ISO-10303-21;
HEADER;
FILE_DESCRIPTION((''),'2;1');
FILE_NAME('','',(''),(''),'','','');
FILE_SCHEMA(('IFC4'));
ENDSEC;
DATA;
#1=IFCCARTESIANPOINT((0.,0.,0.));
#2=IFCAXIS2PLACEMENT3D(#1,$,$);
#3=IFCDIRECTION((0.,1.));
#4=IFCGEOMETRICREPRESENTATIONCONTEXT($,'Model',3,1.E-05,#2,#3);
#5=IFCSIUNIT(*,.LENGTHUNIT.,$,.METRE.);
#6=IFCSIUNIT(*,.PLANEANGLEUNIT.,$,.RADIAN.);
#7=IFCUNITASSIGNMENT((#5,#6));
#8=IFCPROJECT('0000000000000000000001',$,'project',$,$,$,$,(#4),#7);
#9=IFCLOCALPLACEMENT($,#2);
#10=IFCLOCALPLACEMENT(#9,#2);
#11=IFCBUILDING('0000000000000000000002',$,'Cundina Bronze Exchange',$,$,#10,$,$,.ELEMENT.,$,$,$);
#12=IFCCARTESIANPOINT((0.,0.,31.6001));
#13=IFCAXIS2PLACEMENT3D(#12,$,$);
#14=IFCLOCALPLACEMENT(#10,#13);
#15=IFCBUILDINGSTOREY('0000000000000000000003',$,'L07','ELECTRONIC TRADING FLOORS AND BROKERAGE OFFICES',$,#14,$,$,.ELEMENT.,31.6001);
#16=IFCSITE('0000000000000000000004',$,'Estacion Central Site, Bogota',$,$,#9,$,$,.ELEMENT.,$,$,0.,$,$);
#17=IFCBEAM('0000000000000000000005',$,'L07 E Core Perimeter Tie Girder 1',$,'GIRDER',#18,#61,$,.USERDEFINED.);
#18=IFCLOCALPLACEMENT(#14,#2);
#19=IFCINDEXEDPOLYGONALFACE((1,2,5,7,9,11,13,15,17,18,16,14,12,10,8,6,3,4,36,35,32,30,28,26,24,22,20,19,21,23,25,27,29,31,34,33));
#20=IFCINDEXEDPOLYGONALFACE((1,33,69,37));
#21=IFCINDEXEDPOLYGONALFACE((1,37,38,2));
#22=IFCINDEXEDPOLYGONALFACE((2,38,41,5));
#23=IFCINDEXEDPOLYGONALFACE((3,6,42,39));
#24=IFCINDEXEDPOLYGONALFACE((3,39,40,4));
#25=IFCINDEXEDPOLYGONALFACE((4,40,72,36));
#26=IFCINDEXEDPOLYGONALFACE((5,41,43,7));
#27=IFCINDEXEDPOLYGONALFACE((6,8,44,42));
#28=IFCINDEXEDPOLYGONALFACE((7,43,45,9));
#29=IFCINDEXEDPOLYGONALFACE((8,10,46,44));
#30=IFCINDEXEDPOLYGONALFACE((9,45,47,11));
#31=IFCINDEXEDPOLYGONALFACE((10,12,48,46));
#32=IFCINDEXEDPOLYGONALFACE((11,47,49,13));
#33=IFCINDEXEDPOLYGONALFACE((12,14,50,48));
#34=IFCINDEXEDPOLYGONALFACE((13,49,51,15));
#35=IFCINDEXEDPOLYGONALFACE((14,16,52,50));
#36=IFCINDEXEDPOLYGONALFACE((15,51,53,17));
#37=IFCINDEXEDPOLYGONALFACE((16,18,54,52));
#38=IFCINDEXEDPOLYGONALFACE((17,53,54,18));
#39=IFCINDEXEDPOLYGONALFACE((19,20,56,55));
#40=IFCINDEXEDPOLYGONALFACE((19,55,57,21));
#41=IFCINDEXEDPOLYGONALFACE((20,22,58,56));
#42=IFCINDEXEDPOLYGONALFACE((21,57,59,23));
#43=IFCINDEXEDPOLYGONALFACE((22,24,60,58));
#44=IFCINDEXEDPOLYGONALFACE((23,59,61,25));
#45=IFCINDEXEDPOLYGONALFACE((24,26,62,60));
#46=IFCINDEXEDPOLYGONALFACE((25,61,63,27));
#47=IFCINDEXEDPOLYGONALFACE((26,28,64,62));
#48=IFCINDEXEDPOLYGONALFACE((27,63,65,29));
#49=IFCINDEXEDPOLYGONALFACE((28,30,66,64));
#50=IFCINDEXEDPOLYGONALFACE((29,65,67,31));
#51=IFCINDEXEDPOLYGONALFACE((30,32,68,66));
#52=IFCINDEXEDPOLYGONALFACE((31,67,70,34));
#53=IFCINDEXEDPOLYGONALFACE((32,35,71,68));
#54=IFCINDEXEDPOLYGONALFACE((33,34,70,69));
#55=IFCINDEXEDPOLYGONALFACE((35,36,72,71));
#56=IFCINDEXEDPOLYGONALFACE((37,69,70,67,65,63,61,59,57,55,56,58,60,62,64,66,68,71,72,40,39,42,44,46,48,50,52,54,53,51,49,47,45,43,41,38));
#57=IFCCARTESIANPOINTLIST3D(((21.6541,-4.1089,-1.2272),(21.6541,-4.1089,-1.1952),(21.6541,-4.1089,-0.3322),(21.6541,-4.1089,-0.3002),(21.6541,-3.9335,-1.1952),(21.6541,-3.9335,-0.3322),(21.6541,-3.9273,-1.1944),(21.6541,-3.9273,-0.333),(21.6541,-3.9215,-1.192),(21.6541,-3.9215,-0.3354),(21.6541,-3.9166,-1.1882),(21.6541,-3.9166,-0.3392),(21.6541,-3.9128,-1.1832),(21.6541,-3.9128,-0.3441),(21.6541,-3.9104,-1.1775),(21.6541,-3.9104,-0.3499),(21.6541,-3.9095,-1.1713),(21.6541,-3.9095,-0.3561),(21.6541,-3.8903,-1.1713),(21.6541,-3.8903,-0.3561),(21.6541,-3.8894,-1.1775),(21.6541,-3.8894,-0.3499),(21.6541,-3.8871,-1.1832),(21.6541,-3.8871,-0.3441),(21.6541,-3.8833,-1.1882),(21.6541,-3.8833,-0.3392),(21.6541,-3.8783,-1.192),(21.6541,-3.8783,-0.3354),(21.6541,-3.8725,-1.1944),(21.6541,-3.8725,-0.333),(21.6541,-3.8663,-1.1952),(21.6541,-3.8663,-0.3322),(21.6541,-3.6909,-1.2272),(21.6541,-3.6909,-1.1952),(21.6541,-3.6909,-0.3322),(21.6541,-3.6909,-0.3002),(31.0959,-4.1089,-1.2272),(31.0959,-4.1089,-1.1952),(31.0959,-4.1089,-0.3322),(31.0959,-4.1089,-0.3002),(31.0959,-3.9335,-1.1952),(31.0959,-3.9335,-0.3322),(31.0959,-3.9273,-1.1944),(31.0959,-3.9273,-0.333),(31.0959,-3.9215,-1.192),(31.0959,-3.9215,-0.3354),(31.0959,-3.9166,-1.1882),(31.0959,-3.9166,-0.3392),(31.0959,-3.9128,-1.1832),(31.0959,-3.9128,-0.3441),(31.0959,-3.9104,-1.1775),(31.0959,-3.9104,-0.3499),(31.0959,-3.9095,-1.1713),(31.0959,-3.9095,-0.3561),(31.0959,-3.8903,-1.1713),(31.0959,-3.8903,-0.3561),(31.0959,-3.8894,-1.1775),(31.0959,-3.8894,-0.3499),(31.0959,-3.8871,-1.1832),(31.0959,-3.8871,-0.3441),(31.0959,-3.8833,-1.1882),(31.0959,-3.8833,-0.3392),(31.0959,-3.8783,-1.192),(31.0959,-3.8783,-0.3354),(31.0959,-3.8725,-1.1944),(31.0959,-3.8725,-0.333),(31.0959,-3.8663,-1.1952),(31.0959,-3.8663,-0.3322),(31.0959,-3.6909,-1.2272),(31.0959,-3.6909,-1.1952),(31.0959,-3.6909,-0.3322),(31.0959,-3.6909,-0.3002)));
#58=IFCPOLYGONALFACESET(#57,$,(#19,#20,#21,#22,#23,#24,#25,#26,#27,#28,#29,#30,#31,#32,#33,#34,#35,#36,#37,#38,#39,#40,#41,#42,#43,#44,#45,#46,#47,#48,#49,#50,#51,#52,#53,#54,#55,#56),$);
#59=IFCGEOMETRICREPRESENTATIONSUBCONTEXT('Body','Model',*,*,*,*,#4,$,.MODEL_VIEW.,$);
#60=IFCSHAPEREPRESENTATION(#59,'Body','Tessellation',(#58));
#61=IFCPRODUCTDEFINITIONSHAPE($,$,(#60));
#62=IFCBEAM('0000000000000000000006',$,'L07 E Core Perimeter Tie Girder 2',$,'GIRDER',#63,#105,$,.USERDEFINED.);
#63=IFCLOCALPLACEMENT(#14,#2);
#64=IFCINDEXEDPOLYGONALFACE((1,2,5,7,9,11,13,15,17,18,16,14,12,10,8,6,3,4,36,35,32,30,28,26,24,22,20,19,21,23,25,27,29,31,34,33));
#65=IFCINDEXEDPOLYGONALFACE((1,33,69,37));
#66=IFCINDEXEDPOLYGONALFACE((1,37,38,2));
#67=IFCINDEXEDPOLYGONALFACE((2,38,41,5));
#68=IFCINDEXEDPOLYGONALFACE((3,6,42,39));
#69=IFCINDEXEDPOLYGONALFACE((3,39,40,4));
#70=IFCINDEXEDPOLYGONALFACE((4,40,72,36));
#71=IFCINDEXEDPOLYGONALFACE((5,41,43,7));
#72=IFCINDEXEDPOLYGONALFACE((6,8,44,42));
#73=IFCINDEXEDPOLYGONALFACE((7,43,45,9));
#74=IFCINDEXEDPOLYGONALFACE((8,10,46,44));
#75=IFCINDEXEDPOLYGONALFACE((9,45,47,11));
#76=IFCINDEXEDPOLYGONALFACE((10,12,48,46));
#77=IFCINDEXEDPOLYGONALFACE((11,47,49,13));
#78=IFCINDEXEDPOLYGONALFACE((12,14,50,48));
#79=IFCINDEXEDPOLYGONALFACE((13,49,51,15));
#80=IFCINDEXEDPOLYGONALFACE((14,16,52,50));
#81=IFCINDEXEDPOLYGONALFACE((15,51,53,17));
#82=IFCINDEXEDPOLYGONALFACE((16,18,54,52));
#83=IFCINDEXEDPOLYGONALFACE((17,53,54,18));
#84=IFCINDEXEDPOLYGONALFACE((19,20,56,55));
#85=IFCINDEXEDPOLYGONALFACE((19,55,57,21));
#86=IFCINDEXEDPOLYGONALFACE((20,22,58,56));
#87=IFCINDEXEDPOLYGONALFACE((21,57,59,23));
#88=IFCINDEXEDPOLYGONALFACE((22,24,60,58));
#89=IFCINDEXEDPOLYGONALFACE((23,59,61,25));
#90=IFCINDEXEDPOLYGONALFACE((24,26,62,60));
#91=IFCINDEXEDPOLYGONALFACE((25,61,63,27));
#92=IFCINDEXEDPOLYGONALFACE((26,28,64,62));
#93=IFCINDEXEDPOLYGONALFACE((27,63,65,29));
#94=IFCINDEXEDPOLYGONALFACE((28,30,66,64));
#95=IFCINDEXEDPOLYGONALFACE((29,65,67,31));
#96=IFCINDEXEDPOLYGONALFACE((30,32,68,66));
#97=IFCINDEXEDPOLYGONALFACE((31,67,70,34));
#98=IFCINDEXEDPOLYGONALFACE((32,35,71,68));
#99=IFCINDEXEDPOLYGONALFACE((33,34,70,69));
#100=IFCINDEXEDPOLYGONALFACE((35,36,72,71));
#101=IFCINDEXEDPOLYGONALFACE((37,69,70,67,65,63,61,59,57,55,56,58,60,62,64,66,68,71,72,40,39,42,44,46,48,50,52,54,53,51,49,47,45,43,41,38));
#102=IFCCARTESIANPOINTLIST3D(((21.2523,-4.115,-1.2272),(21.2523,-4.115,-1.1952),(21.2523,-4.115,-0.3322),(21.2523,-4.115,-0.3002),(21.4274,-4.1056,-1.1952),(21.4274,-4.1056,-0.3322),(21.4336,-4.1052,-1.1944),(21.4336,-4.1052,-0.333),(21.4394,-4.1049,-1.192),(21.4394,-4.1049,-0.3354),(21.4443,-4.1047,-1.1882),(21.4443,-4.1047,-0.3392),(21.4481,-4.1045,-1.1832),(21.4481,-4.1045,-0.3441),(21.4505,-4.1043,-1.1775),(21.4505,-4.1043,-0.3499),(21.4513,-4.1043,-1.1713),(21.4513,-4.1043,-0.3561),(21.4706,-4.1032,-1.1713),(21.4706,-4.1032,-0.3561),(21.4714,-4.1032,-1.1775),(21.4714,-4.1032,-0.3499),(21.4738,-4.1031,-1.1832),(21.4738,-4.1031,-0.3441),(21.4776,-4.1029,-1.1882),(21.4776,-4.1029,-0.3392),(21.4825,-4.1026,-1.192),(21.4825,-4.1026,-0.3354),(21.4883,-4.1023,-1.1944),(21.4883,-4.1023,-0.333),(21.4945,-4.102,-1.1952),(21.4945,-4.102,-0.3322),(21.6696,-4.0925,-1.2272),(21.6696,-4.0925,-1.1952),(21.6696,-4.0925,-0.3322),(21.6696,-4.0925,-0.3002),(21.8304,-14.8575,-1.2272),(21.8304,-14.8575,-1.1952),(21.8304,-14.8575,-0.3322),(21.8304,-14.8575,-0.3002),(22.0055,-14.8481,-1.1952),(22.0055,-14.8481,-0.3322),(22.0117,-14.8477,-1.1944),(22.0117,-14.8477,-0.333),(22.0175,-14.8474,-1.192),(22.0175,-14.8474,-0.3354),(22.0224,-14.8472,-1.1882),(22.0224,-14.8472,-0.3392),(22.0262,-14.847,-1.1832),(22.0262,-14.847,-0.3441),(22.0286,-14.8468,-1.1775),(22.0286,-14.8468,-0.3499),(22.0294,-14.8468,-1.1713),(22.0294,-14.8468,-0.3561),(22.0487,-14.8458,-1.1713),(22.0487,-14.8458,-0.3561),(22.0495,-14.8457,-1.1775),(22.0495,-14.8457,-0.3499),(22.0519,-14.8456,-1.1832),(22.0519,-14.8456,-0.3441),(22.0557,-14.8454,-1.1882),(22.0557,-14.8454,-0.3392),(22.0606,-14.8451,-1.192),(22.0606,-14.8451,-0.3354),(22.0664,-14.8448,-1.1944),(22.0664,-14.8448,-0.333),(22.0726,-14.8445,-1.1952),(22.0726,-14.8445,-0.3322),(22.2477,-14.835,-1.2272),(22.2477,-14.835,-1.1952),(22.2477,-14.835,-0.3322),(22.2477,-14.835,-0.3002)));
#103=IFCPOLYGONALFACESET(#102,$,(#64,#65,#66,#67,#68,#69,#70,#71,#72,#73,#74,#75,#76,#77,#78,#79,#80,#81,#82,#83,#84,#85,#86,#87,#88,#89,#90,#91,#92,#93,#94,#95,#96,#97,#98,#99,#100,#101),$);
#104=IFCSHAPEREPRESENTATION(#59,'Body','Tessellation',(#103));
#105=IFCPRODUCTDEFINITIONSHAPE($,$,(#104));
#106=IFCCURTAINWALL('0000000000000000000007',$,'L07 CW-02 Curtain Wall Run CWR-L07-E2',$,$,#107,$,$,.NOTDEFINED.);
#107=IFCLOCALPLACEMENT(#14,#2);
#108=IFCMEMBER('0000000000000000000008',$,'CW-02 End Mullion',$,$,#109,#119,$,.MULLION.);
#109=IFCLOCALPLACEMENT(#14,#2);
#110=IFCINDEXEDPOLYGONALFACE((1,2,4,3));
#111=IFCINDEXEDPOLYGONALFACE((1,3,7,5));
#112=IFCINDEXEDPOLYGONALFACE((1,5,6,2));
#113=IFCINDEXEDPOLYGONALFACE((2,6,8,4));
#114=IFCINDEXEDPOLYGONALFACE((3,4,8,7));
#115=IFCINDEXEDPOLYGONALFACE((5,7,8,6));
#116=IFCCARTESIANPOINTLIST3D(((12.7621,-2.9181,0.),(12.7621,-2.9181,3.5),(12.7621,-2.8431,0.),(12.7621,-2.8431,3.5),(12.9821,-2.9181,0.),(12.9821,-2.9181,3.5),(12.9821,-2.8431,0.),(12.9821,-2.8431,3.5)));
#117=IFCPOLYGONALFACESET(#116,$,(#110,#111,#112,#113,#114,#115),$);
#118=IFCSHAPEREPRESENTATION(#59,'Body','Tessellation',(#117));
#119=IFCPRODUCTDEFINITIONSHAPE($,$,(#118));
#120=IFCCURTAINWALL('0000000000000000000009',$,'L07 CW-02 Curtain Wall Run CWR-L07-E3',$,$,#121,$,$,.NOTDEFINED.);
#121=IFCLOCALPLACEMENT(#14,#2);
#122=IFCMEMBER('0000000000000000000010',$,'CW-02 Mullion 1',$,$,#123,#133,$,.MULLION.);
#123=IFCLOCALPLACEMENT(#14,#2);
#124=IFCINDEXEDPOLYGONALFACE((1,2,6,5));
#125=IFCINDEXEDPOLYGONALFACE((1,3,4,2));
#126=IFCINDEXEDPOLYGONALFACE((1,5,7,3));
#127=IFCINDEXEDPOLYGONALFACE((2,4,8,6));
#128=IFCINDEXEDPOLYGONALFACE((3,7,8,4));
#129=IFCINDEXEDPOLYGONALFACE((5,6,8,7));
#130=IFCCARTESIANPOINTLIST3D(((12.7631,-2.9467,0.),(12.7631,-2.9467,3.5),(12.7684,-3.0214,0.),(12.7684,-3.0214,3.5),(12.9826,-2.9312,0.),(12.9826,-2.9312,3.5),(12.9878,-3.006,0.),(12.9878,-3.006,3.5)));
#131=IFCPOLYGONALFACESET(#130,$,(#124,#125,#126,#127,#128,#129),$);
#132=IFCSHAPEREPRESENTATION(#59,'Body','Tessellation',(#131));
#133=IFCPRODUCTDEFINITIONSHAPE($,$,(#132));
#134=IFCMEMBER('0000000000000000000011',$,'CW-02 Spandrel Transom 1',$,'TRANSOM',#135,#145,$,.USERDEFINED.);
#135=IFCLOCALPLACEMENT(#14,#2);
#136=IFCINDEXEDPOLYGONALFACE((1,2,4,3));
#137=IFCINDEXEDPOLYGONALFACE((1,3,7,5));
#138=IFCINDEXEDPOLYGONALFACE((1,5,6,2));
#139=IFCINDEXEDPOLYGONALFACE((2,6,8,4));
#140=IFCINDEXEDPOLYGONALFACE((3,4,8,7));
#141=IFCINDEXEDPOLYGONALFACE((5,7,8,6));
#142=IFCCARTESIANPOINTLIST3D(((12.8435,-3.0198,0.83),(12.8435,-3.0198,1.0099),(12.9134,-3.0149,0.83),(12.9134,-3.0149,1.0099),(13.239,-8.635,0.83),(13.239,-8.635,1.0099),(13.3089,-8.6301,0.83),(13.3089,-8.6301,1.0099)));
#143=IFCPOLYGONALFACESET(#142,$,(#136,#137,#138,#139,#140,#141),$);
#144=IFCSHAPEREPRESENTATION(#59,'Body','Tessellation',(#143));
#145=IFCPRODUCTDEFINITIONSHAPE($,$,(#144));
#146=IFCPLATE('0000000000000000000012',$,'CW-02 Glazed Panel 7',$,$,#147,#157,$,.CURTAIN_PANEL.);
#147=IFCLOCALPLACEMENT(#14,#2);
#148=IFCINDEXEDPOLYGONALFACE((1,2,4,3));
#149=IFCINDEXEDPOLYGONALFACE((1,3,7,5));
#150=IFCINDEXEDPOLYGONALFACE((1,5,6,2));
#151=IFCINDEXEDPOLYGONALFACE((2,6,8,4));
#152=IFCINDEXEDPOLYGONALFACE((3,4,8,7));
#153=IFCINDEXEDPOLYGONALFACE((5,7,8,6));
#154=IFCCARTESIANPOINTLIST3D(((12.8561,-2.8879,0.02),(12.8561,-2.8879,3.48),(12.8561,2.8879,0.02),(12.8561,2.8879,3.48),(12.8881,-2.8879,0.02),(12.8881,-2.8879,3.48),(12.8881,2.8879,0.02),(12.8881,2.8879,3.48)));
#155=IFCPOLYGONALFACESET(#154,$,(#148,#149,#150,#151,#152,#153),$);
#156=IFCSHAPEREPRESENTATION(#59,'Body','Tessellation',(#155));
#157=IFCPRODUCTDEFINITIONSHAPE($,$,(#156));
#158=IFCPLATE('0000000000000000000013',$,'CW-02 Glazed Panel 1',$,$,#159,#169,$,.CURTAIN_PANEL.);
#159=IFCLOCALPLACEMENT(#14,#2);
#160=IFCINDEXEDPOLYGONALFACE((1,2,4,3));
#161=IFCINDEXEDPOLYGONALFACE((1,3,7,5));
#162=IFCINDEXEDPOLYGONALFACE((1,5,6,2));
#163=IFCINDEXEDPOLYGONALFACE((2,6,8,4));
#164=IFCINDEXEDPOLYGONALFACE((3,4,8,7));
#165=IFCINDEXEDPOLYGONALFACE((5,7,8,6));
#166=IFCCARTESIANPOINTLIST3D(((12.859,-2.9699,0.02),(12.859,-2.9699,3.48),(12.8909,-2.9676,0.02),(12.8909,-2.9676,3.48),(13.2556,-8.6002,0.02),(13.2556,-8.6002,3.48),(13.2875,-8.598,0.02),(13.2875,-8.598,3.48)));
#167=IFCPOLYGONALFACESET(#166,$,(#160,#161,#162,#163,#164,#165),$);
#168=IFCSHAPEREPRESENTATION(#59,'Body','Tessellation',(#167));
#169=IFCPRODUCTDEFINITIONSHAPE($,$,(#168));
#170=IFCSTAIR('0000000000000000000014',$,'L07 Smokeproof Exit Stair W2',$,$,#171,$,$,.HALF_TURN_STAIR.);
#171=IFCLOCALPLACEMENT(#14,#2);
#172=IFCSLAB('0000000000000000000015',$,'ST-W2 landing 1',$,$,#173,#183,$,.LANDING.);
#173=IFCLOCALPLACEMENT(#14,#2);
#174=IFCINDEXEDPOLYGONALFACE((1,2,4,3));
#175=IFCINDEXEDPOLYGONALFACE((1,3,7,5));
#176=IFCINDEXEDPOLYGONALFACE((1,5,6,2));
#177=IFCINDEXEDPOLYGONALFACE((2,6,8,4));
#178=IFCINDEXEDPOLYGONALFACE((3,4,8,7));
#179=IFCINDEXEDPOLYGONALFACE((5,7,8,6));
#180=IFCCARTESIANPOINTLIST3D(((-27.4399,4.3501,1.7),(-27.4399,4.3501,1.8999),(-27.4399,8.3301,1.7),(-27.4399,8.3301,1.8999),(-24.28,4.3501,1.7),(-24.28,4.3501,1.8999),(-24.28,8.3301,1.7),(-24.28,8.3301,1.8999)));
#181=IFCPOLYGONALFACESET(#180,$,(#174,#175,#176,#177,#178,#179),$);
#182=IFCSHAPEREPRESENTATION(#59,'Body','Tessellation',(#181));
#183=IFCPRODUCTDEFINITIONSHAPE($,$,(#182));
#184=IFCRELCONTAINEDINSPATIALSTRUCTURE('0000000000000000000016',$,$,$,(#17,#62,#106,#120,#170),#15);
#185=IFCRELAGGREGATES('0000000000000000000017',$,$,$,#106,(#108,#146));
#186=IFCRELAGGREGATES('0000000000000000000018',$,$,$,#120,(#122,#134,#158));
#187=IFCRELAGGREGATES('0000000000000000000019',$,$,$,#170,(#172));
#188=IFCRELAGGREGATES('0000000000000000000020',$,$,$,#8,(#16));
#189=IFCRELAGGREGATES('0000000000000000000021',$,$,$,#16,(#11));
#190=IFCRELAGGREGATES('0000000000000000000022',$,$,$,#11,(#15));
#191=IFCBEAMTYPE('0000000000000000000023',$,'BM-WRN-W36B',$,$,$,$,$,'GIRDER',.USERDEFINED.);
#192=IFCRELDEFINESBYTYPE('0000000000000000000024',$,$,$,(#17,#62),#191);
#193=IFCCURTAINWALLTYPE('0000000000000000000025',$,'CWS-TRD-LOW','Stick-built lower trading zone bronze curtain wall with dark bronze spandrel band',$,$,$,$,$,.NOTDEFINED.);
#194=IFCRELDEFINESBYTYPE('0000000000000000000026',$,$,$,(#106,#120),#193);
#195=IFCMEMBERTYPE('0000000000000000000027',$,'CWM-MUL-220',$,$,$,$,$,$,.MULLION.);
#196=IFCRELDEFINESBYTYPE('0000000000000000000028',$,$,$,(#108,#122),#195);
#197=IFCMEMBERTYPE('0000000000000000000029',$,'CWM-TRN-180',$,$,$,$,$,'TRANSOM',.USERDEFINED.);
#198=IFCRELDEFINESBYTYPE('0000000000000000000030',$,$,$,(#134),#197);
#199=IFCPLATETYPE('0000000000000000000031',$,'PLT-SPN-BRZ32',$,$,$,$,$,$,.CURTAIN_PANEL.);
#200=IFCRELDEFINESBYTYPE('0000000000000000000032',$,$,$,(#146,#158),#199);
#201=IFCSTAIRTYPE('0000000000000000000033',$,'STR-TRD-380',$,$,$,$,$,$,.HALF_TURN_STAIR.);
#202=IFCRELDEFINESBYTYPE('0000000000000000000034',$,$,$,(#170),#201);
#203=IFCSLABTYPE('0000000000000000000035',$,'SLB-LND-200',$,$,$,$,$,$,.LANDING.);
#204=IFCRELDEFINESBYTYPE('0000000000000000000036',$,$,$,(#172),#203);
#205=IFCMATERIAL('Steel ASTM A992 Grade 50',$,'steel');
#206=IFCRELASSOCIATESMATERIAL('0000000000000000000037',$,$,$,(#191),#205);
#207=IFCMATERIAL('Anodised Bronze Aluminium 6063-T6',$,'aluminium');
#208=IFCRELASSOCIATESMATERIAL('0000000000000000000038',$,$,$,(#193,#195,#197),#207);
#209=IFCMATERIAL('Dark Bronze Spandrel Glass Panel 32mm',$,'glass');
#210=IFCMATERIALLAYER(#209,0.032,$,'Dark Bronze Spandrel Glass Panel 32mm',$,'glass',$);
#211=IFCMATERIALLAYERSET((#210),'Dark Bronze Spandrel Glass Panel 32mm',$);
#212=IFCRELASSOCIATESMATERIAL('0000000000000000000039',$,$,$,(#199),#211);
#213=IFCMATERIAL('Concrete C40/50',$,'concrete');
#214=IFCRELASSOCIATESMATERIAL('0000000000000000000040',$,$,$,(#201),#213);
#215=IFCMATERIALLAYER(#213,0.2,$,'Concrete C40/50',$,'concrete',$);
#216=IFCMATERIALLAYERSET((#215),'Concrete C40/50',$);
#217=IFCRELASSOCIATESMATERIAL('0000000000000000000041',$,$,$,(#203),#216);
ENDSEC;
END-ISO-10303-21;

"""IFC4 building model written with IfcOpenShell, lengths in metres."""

from ifc_helpers import new_model, si_unit, direction, frame, origin, origin_2d, place, context, subcontext, project, spatial, polyline, rectangle, i_section, outline, extrude, material, layer, layer_set, material_profile, profile_set, type_object, element, aggregate, save


model = new_model("IFC4")

# Units and contexts
model_context = context("Model", 3, precision=1e-05, world=origin(), true_north=direction((0.0, 1.0)))
body_context = subcontext(model_context, "Body", "Model", "MODEL_VIEW")
ifc_project = project(units=[si_unit("LENGTHUNIT", "METRE"), si_unit("PLANEANGLEUNIT", "RADIAN")], contexts=[model_context])

# Site, building, storey
site_placement = place(None, origin())
site = spatial("IfcSite", under=ifc_project, at=site_placement, Name="Estacion Central Site, Bogota", CompositionType="ELEMENT", RefElevation=0.0)
building_placement = place(site_placement, origin())
building = spatial("IfcBuilding", under=site, at=building_placement, Name="Cundina Bronze Exchange", CompositionType="ELEMENT")
storey_placement = place(building_placement, frame((0.0, 0.0, 31.6001)))
storey = spatial("IfcBuildingStorey", under=building, at=storey_placement, Name="L07", Description="ELECTRONIC TRADING FLOORS AND BROKERAGE OFFICES", CompositionType="ELEMENT", Elevation=31.6001)

# Shared definitions
ifc_material_1 = material(Name="Steel ASTM A992 Grade 50", Category="steel")

# Beams
ifc_material_profile_1 = material_profile(ifc_material_1, i_section(OverallWidth=0.418, OverallDepth=0.927, WebThickness=0.0193, FlangeThickness=0.032, FilletRadius=0.0239, at=origin_2d()), Name="W36X231", Category="steel")
ifc_profile_set_1 = profile_set([ifc_material_profile_1], Name="Steel ASTM A992 Grade 50")
beam_type_1 = type_object("IfcBeamType", Name="BM-WRN-W36B", ElementType="GIRDER", PredefinedType="USERDEFINED", material=ifc_profile_set_1)
beam_1_placement = place(storey_placement, frame((31.0959, -3.8999, -0.7637), z_axis=(-1.0, 0.0, 0.0), x_axis=(0.0, -1.0, 0.0)))
element("IfcBeam", 1, at=beam_1_placement, inside=storey, type_object=beam_type_1, Name="L07 E Core Perimeter Tie Girder 1", ObjectType="GIRDER", PredefinedType="USERDEFINED", context=body_context, shape_type="SweptSolid", body=[
    extrude(i_section(OverallWidth=0.418, OverallDepth=0.927, WebThickness=0.0193, FlangeThickness=0.032, FilletRadius=0.0239, at=origin_2d()), origin(), (0.0, 0.0, 1.0), 9.4419),
])
beam_2_placement = place(storey_placement, frame((21.4609, -4.1038, -0.7637), z_axis=(0.053739, -0.998555, 0.0), x_axis=(0.998555, 0.053739, 0.0)))
element("IfcBeam", 2, at=beam_2_placement, inside=storey, type_object=beam_type_1, Name="L07 E Core Perimeter Tie Girder 2", ObjectType="GIRDER", PredefinedType="USERDEFINED", context=body_context, shape_type="SweptSolid", body=[
    extrude(i_section(OverallWidth=0.418, OverallDepth=0.927, WebThickness=0.0193, FlangeThickness=0.032, FilletRadius=0.0239, at=origin_2d()), origin(), (0.0, 0.0, 1.0), 10.7581),
])

# Curtain wall, member
ifc_material_2 = material(Name="Anodised Bronze Aluminium 6063-T6", Category="aluminium")
curtain_wall_type = type_object("IfcCurtainWallType", Name="CWS-TRD-LOW", Description="Stick-built lower trading zone bronze curtain wall with dark bronze spandrel band", PredefinedType="NOTDEFINED", material=ifc_material_2)
curtain_wall_1_placement = place(storey_placement, origin())
curtain_wall_1 = element("IfcCurtainWall", 3, at=curtain_wall_1_placement, inside=storey, type_object=curtain_wall_type, Name="L07 CW-02 Curtain Wall Run CWR-L07-E2", PredefinedType="NOTDEFINED")
ifc_material_profile_2 = material_profile(ifc_material_2, rectangle(XDim=0.075, YDim=0.22, at=origin_2d()), Name="AL75X220", Category="aluminium")
ifc_profile_set_2 = profile_set([ifc_material_profile_2], Name="Anodised Bronze Aluminium 6063-T6")
member_type_1 = type_object("IfcMemberType", Name="CWM-MUL-220", PredefinedType="MULLION", material=ifc_profile_set_2)
member_1_placement = place(storey_placement, frame((12.8721, -2.8806, 0.0), z_axis=(0.0, 0.0, 1.0), x_axis=(0.0, -1.0, 0.0)))
member_1 = element("IfcMember", 4, at=member_1_placement, type_object=member_type_1, Name="CW-02 End Mullion", PredefinedType="MULLION", context=body_context, shape_type="SweptSolid", body=[
    extrude(rectangle(XDim=0.075, YDim=0.22, at=origin_2d()), origin(), (0.0, 0.0, 1.0), 3.5),
])

# Curtain wall, members
curtain_wall_2_placement = place(storey_placement, origin())
curtain_wall_2 = element("IfcCurtainWall", 5, at=curtain_wall_2_placement, inside=storey, type_object=curtain_wall_type, Name="L07 CW-02 Curtain Wall Run CWR-L07-E3", PredefinedType="NOTDEFINED")
member_2_placement = place(storey_placement, frame((12.8755, -2.9763, 0.0), z_axis=(0.0, 0.0, 1.0), x_axis=(0.070279, -0.997527, 0.0)))
member_2 = element("IfcMember", 6, at=member_2_placement, type_object=member_type_1, Name="CW-02 Mullion 1", PredefinedType="MULLION", context=body_context, shape_type="SweptSolid", body=[
    extrude(rectangle(XDim=0.075, YDim=0.22, at=origin_2d()), origin(), (0.0, 0.0, 1.0), 3.5),
])
ifc_material_profile_3 = material_profile(ifc_material_2, rectangle(XDim=0.0701, YDim=0.1799, at=origin_2d()), Name="AL70X180", Category="aluminium")
ifc_profile_set_3 = profile_set([ifc_material_profile_3], Name="Anodised Bronze Aluminium 6063-T6")
member_type_2 = type_object("IfcMemberType", Name="CWM-TRN-180", ElementType="TRANSOM", PredefinedType="USERDEFINED", material=ifc_profile_set_3)
member_3_placement = place(storey_placement, frame((12.8784, -3.0173, 0.9199), z_axis=(0.070261, -0.997529, 0.0), x_axis=(0.997529, 0.070261, 0.0)))
member_3 = element("IfcMember", 7, at=member_3_placement, type_object=member_type_2, Name="CW-02 Spandrel Transom 1", ObjectType="TRANSOM", PredefinedType="USERDEFINED", context=body_context, shape_type="SweptSolid", body=[
    extrude(rectangle(XDim=0.0701, YDim=0.1799, at=origin_2d()), origin(), (0.0, 0.0, 1.0), 5.6292),
])

# Plates
ifc_material_3 = material(Name="Dark Bronze Spandrel Glass Panel 32mm", Category="glass")
ifc_layer_1 = layer(ifc_material_3, 0.032, Name="Dark Bronze Spandrel Glass Panel 32mm", Category="glass")
ifc_layer_set_1 = layer_set([ifc_layer_1], Name="Dark Bronze Spandrel Glass Panel 32mm")
plate_type = type_object("IfcPlateType", Name="PLT-SPN-BRZ32", PredefinedType="CURTAIN_PANEL", material=ifc_layer_set_1)
plate_1_placement = place(storey_placement, frame((12.8721, 0.0, 0.02), z_axis=(0.0, 0.0, 1.0), x_axis=(0.0, -1.0, 0.0)))
plate_1 = element("IfcPlate", 8, at=plate_1_placement, type_object=plate_type, Name="CW-02 Glazed Panel 7", PredefinedType="CURTAIN_PANEL", context=body_context, shape_type="SweptSolid", body=[
    extrude(rectangle(XDim=5.7759, YDim=0.032, at=origin_2d()), origin(), (0.0, 0.0, 1.0), 3.46),
])
aggregate(curtain_wall_1, [member_1, plate_1])
plate_2_placement = place(storey_placement, frame((13.0732, -5.7839, 0.02), z_axis=(0.0, 0.0, 1.0), x_axis=(0.070279, -0.997527, 0.0)))
plate_2 = element("IfcPlate", 9, at=plate_2_placement, type_object=plate_type, Name="CW-02 Glazed Panel 1", PredefinedType="CURTAIN_PANEL", context=body_context, shape_type="SweptSolid", body=[
    extrude(rectangle(XDim=5.6443, YDim=0.032, at=origin_2d()), origin(), (0.0, 0.0, 1.0), 3.46),
])
aggregate(curtain_wall_2, [member_2, member_3, plate_2])

# Stair, slab
ifc_material_4 = material(Name="Concrete C40/50", Category="concrete")
stair_type = type_object("IfcStairType", Name="STR-TRD-380", PredefinedType="HALF_TURN_STAIR", material=ifc_material_4)
stair_1_placement = place(storey_placement, origin())
stair_1 = element("IfcStair", 10, at=stair_1_placement, inside=storey, type_object=stair_type, Name="L07 Smokeproof Exit Stair W2", PredefinedType="HALF_TURN_STAIR")
ifc_layer_2 = layer(ifc_material_4, 0.2, Name="Concrete C40/50", Category="concrete")
ifc_layer_set_2 = layer_set([ifc_layer_2], Name="Concrete C40/50")
slab_type = type_object("IfcSlabType", Name="SLB-LND-200", PredefinedType="LANDING", material=ifc_layer_set_2)
slab_1_placement = place(storey_placement, frame((0.0, 0.0, 1.7)))
slab_1 = element("IfcSlab", 11, at=slab_1_placement, type_object=slab_type, Name="ST-W2 landing 1", PredefinedType="LANDING", context=body_context, shape_type="SweptSolid", body=[
    extrude(outline(polyline([(-27.4399, 8.3301), (-27.4399, 4.3501), (-24.28, 4.3501), (-24.28, 8.3301), (-27.4399, 8.3301)])), origin(), (0.0, 0.0, 1.0), 0.2),
])
aggregate(stair_1, [slab_1])

save(model, "model.ifc")
